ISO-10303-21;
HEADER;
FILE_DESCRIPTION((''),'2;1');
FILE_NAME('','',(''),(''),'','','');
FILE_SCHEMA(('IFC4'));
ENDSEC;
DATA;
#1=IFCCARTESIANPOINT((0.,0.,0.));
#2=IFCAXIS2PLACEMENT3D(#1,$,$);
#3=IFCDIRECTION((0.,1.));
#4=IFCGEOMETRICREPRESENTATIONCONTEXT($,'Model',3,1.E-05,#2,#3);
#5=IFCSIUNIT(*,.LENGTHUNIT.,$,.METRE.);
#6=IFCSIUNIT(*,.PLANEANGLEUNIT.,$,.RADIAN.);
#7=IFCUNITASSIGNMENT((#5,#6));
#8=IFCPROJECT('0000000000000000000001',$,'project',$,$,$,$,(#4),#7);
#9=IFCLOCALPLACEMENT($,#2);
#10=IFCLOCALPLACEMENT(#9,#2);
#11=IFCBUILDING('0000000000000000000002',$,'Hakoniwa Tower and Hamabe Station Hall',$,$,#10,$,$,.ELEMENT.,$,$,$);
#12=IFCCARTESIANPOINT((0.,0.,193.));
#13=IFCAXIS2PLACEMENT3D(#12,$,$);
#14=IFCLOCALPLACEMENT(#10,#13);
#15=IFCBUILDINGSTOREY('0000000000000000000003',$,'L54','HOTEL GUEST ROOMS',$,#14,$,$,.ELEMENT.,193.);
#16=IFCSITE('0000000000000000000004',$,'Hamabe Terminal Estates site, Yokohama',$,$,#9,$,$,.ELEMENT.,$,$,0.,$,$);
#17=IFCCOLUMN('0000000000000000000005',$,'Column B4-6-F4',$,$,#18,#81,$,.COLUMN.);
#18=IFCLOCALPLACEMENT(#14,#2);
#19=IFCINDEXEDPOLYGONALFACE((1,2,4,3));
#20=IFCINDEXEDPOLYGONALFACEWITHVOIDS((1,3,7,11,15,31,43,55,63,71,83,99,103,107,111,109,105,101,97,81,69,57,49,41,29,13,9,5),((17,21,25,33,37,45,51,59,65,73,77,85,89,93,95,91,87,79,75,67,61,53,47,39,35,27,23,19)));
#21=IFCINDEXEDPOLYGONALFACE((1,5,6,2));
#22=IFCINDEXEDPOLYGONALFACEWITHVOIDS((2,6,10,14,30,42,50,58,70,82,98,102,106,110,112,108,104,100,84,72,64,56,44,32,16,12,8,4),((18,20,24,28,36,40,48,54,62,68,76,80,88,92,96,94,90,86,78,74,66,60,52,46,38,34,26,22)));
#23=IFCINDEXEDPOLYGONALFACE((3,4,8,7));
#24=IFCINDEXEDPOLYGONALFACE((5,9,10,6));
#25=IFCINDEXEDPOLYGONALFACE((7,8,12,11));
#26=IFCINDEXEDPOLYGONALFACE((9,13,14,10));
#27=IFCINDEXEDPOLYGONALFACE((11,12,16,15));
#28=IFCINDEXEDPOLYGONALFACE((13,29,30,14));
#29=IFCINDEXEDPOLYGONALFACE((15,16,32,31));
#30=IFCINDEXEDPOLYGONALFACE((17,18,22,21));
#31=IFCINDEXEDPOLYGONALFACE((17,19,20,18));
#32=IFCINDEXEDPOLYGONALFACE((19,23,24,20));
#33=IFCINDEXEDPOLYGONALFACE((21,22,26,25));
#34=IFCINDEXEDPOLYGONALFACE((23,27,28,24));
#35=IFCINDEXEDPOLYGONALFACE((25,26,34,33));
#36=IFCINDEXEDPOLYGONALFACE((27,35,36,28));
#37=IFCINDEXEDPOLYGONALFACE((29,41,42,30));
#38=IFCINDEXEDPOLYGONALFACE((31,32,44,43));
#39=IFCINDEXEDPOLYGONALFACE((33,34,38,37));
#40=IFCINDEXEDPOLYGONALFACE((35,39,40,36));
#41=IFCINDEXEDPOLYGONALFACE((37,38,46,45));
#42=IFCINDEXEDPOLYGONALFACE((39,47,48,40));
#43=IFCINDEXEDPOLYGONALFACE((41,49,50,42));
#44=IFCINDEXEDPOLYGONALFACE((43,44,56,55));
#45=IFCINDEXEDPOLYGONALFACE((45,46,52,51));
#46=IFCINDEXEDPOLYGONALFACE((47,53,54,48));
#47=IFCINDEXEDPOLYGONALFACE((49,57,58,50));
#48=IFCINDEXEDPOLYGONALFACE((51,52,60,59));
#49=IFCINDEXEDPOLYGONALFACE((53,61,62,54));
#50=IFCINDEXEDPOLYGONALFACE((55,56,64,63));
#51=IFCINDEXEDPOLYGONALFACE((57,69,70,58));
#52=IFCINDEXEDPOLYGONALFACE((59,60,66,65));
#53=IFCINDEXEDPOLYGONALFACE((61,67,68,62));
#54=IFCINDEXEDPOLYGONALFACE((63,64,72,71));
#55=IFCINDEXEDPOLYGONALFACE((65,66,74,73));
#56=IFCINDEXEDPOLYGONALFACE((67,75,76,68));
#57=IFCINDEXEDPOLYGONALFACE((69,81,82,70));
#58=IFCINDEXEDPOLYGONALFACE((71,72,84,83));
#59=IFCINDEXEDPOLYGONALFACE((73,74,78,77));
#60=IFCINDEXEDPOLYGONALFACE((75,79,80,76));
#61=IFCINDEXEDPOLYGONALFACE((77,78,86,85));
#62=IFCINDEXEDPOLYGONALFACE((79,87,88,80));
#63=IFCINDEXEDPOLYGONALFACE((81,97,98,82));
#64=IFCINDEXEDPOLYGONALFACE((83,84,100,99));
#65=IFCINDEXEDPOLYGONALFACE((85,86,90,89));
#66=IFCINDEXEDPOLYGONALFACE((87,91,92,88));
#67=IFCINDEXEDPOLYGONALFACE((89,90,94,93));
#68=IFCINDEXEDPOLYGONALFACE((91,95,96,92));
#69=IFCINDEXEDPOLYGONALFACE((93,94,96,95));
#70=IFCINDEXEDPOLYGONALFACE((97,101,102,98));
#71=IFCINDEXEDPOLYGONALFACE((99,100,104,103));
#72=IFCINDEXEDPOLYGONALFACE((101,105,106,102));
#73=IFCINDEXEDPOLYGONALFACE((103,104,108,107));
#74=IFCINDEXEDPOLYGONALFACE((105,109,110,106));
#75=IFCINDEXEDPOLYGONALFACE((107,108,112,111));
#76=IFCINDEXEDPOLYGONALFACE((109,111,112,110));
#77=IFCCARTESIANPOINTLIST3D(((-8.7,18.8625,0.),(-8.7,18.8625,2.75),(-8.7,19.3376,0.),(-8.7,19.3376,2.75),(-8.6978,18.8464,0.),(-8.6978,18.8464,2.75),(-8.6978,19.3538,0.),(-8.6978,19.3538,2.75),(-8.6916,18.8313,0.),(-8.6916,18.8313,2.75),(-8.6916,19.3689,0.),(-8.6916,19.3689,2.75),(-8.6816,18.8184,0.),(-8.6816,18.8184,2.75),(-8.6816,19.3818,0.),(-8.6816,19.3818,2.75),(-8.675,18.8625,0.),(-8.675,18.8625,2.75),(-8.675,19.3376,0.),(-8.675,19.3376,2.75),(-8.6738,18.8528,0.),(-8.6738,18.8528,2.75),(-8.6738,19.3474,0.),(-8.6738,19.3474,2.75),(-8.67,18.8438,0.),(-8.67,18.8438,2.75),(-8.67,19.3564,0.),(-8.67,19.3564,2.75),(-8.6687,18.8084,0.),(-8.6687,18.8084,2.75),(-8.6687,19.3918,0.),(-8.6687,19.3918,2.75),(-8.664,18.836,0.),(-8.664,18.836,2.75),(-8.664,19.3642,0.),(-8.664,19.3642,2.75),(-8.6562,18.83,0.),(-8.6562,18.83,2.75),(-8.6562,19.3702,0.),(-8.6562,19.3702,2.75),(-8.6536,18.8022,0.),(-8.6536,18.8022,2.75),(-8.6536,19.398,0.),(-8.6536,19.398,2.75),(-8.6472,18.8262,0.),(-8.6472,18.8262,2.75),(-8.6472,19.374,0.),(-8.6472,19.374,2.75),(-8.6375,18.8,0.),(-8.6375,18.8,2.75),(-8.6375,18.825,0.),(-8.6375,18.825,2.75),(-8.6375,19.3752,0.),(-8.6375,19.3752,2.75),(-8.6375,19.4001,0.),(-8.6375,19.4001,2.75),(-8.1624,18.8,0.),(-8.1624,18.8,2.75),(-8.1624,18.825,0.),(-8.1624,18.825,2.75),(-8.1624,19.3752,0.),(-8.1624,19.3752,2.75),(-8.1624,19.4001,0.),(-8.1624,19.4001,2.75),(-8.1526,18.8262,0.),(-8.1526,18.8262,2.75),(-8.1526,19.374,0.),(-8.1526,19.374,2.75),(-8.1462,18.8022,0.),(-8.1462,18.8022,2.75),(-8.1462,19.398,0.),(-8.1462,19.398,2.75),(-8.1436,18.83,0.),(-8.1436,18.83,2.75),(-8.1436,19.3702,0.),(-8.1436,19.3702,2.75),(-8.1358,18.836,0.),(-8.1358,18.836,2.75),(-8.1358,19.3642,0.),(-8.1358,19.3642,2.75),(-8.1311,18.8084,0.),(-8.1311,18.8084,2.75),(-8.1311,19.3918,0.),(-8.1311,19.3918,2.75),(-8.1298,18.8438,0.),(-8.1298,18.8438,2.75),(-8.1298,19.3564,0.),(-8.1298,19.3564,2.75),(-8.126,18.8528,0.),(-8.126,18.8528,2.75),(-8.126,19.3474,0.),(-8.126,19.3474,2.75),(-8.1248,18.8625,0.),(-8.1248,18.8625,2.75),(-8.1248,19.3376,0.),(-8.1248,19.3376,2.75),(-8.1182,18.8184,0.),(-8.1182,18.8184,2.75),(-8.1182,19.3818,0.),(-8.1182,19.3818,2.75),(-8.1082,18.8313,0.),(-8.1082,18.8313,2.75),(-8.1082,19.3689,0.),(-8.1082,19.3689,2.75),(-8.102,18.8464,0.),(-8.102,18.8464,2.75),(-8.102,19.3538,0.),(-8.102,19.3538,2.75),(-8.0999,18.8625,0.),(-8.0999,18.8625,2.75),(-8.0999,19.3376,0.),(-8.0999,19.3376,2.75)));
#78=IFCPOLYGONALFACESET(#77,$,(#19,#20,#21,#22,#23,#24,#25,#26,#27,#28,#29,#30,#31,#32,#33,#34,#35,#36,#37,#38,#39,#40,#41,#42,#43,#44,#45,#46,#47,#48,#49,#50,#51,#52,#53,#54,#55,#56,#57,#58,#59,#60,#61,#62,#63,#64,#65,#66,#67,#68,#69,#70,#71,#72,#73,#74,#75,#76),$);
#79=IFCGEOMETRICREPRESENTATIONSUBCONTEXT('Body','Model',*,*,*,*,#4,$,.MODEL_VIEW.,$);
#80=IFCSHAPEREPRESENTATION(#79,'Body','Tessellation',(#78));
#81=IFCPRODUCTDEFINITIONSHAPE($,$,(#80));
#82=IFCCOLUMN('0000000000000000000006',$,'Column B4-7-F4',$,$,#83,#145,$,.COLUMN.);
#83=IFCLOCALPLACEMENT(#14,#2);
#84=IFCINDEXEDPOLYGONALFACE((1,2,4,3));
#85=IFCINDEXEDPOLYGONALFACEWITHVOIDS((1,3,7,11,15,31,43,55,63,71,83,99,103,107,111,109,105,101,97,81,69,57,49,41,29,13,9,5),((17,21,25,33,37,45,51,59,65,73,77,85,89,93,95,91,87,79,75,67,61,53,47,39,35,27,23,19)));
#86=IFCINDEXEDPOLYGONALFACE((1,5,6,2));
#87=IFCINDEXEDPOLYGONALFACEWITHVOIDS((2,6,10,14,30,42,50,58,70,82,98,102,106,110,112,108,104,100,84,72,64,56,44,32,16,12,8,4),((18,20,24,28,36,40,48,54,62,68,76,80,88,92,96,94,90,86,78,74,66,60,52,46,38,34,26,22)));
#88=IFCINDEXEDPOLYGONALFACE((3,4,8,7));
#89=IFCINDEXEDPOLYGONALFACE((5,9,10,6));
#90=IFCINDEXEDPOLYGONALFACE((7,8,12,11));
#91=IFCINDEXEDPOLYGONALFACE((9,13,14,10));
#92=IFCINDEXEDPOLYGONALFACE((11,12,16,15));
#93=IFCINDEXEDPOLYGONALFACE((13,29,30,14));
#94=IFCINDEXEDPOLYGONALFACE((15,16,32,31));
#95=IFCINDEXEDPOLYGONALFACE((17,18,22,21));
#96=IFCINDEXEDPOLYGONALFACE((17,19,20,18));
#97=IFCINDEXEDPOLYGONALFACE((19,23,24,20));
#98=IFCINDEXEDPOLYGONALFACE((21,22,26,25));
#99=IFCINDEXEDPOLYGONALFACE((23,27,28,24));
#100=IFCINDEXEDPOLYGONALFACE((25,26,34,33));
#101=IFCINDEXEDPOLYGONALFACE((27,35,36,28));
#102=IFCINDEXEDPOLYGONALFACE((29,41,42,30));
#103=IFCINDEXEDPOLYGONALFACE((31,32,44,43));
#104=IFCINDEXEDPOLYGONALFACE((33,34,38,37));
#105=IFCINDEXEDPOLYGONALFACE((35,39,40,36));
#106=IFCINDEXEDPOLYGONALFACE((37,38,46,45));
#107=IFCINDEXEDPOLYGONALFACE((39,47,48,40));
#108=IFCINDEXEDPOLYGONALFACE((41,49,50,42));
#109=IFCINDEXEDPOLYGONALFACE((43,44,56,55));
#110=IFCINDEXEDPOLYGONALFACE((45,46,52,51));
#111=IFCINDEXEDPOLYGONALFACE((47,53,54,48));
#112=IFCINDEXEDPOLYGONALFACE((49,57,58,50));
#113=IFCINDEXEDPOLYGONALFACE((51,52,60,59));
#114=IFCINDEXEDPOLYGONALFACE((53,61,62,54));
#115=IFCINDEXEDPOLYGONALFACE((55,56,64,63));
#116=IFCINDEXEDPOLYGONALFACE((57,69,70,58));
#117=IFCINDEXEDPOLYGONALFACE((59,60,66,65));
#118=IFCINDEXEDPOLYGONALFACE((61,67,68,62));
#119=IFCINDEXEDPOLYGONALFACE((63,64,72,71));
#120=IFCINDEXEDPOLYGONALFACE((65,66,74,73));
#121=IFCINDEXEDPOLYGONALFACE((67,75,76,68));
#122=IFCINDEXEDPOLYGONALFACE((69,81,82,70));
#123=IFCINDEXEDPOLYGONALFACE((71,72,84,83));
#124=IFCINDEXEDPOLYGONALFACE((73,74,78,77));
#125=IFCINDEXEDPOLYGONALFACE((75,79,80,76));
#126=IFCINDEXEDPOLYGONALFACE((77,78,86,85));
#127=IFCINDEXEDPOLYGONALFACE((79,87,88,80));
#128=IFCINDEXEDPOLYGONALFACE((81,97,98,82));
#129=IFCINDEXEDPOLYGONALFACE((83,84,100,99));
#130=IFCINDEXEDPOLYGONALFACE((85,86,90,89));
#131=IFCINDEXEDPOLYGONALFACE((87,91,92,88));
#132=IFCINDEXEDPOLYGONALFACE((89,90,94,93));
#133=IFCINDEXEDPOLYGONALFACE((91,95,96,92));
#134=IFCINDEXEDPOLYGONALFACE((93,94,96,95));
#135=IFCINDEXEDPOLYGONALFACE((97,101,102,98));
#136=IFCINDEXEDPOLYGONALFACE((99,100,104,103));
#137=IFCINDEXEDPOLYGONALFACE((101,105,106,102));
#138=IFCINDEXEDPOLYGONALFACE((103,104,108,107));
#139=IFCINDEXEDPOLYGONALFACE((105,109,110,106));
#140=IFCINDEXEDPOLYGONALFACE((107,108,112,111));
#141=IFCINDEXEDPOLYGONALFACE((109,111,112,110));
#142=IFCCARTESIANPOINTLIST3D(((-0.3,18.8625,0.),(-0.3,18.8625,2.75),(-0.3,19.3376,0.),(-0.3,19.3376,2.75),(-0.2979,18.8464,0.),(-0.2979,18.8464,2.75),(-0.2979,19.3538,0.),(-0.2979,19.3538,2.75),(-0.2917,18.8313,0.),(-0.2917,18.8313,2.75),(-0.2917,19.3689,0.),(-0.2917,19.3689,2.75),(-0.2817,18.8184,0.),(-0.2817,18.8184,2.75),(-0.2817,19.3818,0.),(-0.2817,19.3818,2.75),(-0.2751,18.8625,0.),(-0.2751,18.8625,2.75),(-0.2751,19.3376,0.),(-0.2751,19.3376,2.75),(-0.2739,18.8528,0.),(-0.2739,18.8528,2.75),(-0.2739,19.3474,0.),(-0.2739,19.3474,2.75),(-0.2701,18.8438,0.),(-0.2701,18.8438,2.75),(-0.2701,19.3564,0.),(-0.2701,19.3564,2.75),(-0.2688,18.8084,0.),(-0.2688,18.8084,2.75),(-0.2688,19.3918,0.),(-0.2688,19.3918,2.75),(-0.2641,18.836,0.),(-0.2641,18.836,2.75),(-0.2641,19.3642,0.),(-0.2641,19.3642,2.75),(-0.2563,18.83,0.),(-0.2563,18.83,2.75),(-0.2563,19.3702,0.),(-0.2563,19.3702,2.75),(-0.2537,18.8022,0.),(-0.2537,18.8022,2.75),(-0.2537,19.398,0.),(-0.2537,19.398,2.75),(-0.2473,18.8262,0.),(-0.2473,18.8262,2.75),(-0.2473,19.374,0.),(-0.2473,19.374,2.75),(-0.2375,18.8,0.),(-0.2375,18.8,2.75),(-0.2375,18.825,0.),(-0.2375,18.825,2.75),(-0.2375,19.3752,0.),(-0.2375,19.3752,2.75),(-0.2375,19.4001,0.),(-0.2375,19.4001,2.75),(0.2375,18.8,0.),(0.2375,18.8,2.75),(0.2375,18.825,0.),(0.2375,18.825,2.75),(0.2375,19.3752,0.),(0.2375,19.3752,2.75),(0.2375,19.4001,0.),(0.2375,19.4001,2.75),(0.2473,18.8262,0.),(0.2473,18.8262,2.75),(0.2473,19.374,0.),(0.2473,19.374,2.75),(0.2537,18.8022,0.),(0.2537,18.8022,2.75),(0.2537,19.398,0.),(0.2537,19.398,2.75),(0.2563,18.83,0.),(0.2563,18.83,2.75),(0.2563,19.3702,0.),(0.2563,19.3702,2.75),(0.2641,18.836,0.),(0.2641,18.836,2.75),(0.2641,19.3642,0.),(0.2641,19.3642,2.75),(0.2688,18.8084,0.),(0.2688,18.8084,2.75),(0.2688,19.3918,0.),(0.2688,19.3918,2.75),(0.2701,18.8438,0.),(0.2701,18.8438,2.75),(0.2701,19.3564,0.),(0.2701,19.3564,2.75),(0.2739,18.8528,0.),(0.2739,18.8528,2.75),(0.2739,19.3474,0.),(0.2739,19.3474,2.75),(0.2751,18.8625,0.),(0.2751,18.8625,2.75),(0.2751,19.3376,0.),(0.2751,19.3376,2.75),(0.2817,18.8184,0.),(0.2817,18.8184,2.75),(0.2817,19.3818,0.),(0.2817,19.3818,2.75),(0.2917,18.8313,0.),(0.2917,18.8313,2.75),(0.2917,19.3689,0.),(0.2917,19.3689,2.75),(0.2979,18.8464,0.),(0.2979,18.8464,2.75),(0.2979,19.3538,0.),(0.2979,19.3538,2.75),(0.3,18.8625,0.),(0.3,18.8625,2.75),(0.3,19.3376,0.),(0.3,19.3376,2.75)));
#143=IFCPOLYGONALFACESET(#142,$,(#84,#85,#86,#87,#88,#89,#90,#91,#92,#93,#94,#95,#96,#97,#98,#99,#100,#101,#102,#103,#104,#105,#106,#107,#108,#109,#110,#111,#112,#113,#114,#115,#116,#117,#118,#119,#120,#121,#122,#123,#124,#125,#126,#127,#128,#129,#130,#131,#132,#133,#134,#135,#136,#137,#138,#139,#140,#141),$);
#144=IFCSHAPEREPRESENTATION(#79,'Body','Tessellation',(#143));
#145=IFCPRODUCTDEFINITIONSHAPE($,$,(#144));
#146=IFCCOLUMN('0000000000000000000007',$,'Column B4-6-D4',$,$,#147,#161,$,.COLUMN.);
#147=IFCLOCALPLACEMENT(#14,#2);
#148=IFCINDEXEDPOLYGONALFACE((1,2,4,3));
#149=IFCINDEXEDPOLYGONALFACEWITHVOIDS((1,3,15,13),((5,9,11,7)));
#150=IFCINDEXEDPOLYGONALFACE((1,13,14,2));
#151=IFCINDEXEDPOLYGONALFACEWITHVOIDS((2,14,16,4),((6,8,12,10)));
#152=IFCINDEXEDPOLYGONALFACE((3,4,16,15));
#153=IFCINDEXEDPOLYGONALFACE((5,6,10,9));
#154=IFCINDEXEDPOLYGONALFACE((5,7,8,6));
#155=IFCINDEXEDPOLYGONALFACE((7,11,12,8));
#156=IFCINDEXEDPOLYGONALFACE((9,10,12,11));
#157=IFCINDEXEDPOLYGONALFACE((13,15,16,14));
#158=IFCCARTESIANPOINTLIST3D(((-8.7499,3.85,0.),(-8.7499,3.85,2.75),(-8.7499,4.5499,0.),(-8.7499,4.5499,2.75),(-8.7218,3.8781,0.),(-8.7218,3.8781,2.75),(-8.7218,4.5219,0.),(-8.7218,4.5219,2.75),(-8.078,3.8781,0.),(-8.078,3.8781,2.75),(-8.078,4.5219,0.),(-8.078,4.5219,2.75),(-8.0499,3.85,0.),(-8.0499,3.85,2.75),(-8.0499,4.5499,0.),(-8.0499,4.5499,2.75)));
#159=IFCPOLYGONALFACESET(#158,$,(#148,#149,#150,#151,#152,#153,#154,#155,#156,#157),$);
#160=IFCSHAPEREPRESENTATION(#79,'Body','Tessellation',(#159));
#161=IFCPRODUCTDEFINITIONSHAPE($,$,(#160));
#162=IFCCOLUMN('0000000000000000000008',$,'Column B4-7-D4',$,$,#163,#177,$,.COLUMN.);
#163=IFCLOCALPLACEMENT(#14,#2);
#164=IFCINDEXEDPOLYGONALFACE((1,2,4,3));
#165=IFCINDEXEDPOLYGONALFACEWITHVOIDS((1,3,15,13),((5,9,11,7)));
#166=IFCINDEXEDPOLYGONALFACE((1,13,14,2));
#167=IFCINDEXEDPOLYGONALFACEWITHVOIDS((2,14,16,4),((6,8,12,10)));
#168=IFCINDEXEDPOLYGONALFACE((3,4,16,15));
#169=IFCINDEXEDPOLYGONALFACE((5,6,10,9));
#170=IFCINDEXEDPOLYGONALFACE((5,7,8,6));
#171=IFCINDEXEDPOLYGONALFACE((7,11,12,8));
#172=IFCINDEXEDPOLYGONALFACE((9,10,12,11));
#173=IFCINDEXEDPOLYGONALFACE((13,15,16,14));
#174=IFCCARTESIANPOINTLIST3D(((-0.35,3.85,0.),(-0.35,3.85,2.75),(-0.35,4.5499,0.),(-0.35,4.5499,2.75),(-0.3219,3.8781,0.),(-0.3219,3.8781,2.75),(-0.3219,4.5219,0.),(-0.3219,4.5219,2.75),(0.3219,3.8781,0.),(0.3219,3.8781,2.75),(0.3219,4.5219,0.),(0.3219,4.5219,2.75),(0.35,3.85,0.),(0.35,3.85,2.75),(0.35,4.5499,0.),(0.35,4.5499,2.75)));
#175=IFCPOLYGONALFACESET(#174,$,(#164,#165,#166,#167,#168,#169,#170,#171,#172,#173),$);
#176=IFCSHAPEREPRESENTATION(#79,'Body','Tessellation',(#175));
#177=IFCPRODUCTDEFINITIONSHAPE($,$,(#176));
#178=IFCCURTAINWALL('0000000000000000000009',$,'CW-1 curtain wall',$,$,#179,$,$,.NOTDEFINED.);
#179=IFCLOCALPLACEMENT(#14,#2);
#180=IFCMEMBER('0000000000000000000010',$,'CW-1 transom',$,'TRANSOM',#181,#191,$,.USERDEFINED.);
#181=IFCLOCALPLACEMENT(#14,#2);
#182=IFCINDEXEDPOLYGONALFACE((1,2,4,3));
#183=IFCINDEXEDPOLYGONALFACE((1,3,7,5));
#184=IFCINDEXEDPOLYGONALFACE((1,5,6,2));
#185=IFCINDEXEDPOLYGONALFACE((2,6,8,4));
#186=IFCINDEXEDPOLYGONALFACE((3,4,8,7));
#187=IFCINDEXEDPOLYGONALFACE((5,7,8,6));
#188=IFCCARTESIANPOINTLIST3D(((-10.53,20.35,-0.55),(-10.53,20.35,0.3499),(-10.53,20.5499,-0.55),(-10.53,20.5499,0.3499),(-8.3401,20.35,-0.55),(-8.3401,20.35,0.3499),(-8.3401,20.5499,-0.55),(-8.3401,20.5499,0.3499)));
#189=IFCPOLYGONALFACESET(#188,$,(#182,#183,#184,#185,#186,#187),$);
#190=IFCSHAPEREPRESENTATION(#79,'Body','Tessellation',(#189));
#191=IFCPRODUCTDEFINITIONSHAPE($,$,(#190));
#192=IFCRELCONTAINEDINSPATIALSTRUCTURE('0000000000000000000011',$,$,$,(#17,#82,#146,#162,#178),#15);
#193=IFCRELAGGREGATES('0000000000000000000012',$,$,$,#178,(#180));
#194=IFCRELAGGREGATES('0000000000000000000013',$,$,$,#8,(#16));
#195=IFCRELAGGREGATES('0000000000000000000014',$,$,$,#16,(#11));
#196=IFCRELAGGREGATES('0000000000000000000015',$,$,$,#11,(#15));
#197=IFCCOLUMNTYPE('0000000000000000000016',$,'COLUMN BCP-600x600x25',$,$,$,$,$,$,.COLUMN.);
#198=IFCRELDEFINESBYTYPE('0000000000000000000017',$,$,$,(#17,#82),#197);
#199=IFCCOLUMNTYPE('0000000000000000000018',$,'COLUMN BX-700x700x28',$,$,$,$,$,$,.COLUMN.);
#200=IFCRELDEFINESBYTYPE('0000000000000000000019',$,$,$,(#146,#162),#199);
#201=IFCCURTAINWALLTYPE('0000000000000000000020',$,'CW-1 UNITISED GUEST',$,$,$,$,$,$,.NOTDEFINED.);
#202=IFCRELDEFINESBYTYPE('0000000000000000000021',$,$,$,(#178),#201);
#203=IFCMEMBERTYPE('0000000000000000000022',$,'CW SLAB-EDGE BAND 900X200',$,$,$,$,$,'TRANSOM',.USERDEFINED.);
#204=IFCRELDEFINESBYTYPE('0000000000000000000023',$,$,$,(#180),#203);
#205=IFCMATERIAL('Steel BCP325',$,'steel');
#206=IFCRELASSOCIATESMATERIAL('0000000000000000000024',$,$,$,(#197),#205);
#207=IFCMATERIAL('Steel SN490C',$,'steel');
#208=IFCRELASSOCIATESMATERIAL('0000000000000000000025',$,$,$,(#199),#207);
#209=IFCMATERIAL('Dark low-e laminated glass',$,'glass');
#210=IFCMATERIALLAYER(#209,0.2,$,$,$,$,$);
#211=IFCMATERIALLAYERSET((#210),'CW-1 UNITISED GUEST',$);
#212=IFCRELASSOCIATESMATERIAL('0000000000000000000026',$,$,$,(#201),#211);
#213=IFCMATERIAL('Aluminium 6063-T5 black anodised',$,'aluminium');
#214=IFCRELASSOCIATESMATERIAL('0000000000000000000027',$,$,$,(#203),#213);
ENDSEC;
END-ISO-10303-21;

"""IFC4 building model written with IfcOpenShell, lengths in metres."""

from ifc_helpers import new_model, si_unit, direction, frame, origin, origin_2d, place, context, subcontext, project, spatial, rectangle, hollow_rectangle, extrude, material, layer, layer_set, material_profile, profile_set, type_object, element, aggregate, save


model = new_model("IFC4")

# Units and contexts
model_context = context("Model", 3, precision=1e-05, world=origin(), true_north=direction((0.0, 1.0)))
body_context = subcontext(model_context, "Body", "Model", "MODEL_VIEW")
ifc_project = project(units=[si_unit("LENGTHUNIT", "METRE"), si_unit("PLANEANGLEUNIT", "RADIAN")], contexts=[model_context])

# Site, building, storey
site_placement = place(None, origin())
site = spatial("IfcSite", under=ifc_project, at=site_placement, Name="Hamabe Terminal Estates site, Yokohama", CompositionType="ELEMENT", RefElevation=0.0)
building_placement = place(site_placement, origin())
building = spatial("IfcBuilding", under=site, at=building_placement, Name="Hakoniwa Tower and Hamabe Station Hall", CompositionType="ELEMENT")
storey_placement = place(building_placement, frame((0.0, 0.0, 193.0)))
storey = spatial("IfcBuildingStorey", under=building, at=storey_placement, Name="L54", Description="HOTEL GUEST ROOMS", CompositionType="ELEMENT", Elevation=193.0)

# Columns
ifc_material_1 = material(Name="Steel BCP325", Category="steel")
ifc_material_profile_1 = material_profile(ifc_material_1, hollow_rectangle(XDim=0.6001, YDim=0.6001, WallThickness=0.0249, InnerFilletRadius=0.0376, OuterFilletRadius=0.0625, at=origin_2d()), Name="BCP-600x600x25")
ifc_profile_set_1 = profile_set([ifc_material_profile_1], Name="Steel BCP325")
column_type_1 = type_object("IfcColumnType", Name="COLUMN BCP-600x600x25", PredefinedType="COLUMN", material=ifc_profile_set_1)
for number, where, z_axis, x_axis, name in (
    (1, (-8.3999, 19.1001, 0.0), (0.0, 0.0, 1.0), (1.0, 0.0, 0.0), "Column B4-6-F4"),
    (2, (0.0, 19.1001, 0.0), (0.0, 0.0, 1.0), (1.0, 0.0, 0.0), "Column B4-7-F4"),
):
    element("IfcColumn", number, at=place(storey_placement, frame(where, z_axis=z_axis, x_axis=x_axis)), inside=storey, type_object=column_type_1, Name=name, PredefinedType="COLUMN", context=body_context, shape_type="SweptSolid", body=[
        extrude(hollow_rectangle(XDim=0.6001, YDim=0.6001, WallThickness=0.0249, InnerFilletRadius=0.0376, OuterFilletRadius=0.0625, at=origin_2d()), origin(), (0.0, 0.0, 1.0), 2.75),
    ])
ifc_material_2 = material(Name="Steel SN490C", Category="steel")
ifc_material_profile_2 = material_profile(ifc_material_2, hollow_rectangle(XDim=0.7, YDim=0.7, WallThickness=0.0281, at=origin_2d()), Name="BX-700x700x28")
ifc_profile_set_2 = profile_set([ifc_material_profile_2], Name="Steel SN490C")
column_type_2 = type_object("IfcColumnType", Name="COLUMN BX-700x700x28", PredefinedType="COLUMN", material=ifc_profile_set_2)
for number, where, z_axis, x_axis, name in (
    (3, (-8.3999, 4.2, 0.0), (0.0, 0.0, 1.0), (1.0, 0.0, 0.0), "Column B4-6-D4"),
    (4, (0.0, 4.2, 0.0), (0.0, 0.0, 1.0), (1.0, 0.0, 0.0), "Column B4-7-D4"),
):
    element("IfcColumn", number, at=place(storey_placement, frame(where, z_axis=z_axis, x_axis=x_axis)), inside=storey, type_object=column_type_2, Name=name, PredefinedType="COLUMN", context=body_context, shape_type="SweptSolid", body=[
        extrude(hollow_rectangle(XDim=0.7, YDim=0.7, WallThickness=0.0281, at=origin_2d()), origin(), (0.0, 0.0, 1.0), 2.75),
    ])

# Curtain wall, member
ifc_material_3 = material(Name="Dark low-e laminated glass", Category="glass")
ifc_layer_1 = layer(ifc_material_3, 0.2)
ifc_layer_set_1 = layer_set([ifc_layer_1], Name="CW-1 UNITISED GUEST")
curtain_wall_type = type_object("IfcCurtainWallType", Name="CW-1 UNITISED GUEST", PredefinedType="NOTDEFINED", material=ifc_layer_set_1)
curtain_wall_placement = place(storey_placement, origin())
curtain_wall = element("IfcCurtainWall", 5, at=curtain_wall_placement, inside=storey, type_object=curtain_wall_type, Name="CW-1 curtain wall", PredefinedType="NOTDEFINED")
ifc_material_4 = material(Name="Aluminium 6063-T5 black anodised", Category="aluminium")
ifc_material_profile_3 = material_profile(ifc_material_4, rectangle(XDim=0.2, YDim=0.8999, at=origin_2d()), Name="CW SLAB-EDGE BAND 900X200")
ifc_profile_set_3 = profile_set([ifc_material_profile_3], Name="Aluminium 6063-T5 black anodised")
member_type = type_object("IfcMemberType", Name="CW SLAB-EDGE BAND 900X200", ElementType="TRANSOM", PredefinedType="USERDEFINED", material=ifc_profile_set_3)
member_placement = place(storey_placement, frame((-8.3401, 20.45, -0.1001), z_axis=(-1.0, 0.0, 0.0), x_axis=(0.0, -1.0, 0.0)))
member = element("IfcMember", 6, at=member_placement, type_object=member_type, Name="CW-1 transom", ObjectType="TRANSOM", PredefinedType="USERDEFINED", context=body_context, shape_type="SweptSolid", body=[
    extrude(rectangle(XDim=0.2, YDim=0.8999, at=origin_2d()), origin(), (0.0, 0.0, 1.0), 2.1899),
])

aggregate(curtain_wall, [member])

save(model, "model.ifc")
